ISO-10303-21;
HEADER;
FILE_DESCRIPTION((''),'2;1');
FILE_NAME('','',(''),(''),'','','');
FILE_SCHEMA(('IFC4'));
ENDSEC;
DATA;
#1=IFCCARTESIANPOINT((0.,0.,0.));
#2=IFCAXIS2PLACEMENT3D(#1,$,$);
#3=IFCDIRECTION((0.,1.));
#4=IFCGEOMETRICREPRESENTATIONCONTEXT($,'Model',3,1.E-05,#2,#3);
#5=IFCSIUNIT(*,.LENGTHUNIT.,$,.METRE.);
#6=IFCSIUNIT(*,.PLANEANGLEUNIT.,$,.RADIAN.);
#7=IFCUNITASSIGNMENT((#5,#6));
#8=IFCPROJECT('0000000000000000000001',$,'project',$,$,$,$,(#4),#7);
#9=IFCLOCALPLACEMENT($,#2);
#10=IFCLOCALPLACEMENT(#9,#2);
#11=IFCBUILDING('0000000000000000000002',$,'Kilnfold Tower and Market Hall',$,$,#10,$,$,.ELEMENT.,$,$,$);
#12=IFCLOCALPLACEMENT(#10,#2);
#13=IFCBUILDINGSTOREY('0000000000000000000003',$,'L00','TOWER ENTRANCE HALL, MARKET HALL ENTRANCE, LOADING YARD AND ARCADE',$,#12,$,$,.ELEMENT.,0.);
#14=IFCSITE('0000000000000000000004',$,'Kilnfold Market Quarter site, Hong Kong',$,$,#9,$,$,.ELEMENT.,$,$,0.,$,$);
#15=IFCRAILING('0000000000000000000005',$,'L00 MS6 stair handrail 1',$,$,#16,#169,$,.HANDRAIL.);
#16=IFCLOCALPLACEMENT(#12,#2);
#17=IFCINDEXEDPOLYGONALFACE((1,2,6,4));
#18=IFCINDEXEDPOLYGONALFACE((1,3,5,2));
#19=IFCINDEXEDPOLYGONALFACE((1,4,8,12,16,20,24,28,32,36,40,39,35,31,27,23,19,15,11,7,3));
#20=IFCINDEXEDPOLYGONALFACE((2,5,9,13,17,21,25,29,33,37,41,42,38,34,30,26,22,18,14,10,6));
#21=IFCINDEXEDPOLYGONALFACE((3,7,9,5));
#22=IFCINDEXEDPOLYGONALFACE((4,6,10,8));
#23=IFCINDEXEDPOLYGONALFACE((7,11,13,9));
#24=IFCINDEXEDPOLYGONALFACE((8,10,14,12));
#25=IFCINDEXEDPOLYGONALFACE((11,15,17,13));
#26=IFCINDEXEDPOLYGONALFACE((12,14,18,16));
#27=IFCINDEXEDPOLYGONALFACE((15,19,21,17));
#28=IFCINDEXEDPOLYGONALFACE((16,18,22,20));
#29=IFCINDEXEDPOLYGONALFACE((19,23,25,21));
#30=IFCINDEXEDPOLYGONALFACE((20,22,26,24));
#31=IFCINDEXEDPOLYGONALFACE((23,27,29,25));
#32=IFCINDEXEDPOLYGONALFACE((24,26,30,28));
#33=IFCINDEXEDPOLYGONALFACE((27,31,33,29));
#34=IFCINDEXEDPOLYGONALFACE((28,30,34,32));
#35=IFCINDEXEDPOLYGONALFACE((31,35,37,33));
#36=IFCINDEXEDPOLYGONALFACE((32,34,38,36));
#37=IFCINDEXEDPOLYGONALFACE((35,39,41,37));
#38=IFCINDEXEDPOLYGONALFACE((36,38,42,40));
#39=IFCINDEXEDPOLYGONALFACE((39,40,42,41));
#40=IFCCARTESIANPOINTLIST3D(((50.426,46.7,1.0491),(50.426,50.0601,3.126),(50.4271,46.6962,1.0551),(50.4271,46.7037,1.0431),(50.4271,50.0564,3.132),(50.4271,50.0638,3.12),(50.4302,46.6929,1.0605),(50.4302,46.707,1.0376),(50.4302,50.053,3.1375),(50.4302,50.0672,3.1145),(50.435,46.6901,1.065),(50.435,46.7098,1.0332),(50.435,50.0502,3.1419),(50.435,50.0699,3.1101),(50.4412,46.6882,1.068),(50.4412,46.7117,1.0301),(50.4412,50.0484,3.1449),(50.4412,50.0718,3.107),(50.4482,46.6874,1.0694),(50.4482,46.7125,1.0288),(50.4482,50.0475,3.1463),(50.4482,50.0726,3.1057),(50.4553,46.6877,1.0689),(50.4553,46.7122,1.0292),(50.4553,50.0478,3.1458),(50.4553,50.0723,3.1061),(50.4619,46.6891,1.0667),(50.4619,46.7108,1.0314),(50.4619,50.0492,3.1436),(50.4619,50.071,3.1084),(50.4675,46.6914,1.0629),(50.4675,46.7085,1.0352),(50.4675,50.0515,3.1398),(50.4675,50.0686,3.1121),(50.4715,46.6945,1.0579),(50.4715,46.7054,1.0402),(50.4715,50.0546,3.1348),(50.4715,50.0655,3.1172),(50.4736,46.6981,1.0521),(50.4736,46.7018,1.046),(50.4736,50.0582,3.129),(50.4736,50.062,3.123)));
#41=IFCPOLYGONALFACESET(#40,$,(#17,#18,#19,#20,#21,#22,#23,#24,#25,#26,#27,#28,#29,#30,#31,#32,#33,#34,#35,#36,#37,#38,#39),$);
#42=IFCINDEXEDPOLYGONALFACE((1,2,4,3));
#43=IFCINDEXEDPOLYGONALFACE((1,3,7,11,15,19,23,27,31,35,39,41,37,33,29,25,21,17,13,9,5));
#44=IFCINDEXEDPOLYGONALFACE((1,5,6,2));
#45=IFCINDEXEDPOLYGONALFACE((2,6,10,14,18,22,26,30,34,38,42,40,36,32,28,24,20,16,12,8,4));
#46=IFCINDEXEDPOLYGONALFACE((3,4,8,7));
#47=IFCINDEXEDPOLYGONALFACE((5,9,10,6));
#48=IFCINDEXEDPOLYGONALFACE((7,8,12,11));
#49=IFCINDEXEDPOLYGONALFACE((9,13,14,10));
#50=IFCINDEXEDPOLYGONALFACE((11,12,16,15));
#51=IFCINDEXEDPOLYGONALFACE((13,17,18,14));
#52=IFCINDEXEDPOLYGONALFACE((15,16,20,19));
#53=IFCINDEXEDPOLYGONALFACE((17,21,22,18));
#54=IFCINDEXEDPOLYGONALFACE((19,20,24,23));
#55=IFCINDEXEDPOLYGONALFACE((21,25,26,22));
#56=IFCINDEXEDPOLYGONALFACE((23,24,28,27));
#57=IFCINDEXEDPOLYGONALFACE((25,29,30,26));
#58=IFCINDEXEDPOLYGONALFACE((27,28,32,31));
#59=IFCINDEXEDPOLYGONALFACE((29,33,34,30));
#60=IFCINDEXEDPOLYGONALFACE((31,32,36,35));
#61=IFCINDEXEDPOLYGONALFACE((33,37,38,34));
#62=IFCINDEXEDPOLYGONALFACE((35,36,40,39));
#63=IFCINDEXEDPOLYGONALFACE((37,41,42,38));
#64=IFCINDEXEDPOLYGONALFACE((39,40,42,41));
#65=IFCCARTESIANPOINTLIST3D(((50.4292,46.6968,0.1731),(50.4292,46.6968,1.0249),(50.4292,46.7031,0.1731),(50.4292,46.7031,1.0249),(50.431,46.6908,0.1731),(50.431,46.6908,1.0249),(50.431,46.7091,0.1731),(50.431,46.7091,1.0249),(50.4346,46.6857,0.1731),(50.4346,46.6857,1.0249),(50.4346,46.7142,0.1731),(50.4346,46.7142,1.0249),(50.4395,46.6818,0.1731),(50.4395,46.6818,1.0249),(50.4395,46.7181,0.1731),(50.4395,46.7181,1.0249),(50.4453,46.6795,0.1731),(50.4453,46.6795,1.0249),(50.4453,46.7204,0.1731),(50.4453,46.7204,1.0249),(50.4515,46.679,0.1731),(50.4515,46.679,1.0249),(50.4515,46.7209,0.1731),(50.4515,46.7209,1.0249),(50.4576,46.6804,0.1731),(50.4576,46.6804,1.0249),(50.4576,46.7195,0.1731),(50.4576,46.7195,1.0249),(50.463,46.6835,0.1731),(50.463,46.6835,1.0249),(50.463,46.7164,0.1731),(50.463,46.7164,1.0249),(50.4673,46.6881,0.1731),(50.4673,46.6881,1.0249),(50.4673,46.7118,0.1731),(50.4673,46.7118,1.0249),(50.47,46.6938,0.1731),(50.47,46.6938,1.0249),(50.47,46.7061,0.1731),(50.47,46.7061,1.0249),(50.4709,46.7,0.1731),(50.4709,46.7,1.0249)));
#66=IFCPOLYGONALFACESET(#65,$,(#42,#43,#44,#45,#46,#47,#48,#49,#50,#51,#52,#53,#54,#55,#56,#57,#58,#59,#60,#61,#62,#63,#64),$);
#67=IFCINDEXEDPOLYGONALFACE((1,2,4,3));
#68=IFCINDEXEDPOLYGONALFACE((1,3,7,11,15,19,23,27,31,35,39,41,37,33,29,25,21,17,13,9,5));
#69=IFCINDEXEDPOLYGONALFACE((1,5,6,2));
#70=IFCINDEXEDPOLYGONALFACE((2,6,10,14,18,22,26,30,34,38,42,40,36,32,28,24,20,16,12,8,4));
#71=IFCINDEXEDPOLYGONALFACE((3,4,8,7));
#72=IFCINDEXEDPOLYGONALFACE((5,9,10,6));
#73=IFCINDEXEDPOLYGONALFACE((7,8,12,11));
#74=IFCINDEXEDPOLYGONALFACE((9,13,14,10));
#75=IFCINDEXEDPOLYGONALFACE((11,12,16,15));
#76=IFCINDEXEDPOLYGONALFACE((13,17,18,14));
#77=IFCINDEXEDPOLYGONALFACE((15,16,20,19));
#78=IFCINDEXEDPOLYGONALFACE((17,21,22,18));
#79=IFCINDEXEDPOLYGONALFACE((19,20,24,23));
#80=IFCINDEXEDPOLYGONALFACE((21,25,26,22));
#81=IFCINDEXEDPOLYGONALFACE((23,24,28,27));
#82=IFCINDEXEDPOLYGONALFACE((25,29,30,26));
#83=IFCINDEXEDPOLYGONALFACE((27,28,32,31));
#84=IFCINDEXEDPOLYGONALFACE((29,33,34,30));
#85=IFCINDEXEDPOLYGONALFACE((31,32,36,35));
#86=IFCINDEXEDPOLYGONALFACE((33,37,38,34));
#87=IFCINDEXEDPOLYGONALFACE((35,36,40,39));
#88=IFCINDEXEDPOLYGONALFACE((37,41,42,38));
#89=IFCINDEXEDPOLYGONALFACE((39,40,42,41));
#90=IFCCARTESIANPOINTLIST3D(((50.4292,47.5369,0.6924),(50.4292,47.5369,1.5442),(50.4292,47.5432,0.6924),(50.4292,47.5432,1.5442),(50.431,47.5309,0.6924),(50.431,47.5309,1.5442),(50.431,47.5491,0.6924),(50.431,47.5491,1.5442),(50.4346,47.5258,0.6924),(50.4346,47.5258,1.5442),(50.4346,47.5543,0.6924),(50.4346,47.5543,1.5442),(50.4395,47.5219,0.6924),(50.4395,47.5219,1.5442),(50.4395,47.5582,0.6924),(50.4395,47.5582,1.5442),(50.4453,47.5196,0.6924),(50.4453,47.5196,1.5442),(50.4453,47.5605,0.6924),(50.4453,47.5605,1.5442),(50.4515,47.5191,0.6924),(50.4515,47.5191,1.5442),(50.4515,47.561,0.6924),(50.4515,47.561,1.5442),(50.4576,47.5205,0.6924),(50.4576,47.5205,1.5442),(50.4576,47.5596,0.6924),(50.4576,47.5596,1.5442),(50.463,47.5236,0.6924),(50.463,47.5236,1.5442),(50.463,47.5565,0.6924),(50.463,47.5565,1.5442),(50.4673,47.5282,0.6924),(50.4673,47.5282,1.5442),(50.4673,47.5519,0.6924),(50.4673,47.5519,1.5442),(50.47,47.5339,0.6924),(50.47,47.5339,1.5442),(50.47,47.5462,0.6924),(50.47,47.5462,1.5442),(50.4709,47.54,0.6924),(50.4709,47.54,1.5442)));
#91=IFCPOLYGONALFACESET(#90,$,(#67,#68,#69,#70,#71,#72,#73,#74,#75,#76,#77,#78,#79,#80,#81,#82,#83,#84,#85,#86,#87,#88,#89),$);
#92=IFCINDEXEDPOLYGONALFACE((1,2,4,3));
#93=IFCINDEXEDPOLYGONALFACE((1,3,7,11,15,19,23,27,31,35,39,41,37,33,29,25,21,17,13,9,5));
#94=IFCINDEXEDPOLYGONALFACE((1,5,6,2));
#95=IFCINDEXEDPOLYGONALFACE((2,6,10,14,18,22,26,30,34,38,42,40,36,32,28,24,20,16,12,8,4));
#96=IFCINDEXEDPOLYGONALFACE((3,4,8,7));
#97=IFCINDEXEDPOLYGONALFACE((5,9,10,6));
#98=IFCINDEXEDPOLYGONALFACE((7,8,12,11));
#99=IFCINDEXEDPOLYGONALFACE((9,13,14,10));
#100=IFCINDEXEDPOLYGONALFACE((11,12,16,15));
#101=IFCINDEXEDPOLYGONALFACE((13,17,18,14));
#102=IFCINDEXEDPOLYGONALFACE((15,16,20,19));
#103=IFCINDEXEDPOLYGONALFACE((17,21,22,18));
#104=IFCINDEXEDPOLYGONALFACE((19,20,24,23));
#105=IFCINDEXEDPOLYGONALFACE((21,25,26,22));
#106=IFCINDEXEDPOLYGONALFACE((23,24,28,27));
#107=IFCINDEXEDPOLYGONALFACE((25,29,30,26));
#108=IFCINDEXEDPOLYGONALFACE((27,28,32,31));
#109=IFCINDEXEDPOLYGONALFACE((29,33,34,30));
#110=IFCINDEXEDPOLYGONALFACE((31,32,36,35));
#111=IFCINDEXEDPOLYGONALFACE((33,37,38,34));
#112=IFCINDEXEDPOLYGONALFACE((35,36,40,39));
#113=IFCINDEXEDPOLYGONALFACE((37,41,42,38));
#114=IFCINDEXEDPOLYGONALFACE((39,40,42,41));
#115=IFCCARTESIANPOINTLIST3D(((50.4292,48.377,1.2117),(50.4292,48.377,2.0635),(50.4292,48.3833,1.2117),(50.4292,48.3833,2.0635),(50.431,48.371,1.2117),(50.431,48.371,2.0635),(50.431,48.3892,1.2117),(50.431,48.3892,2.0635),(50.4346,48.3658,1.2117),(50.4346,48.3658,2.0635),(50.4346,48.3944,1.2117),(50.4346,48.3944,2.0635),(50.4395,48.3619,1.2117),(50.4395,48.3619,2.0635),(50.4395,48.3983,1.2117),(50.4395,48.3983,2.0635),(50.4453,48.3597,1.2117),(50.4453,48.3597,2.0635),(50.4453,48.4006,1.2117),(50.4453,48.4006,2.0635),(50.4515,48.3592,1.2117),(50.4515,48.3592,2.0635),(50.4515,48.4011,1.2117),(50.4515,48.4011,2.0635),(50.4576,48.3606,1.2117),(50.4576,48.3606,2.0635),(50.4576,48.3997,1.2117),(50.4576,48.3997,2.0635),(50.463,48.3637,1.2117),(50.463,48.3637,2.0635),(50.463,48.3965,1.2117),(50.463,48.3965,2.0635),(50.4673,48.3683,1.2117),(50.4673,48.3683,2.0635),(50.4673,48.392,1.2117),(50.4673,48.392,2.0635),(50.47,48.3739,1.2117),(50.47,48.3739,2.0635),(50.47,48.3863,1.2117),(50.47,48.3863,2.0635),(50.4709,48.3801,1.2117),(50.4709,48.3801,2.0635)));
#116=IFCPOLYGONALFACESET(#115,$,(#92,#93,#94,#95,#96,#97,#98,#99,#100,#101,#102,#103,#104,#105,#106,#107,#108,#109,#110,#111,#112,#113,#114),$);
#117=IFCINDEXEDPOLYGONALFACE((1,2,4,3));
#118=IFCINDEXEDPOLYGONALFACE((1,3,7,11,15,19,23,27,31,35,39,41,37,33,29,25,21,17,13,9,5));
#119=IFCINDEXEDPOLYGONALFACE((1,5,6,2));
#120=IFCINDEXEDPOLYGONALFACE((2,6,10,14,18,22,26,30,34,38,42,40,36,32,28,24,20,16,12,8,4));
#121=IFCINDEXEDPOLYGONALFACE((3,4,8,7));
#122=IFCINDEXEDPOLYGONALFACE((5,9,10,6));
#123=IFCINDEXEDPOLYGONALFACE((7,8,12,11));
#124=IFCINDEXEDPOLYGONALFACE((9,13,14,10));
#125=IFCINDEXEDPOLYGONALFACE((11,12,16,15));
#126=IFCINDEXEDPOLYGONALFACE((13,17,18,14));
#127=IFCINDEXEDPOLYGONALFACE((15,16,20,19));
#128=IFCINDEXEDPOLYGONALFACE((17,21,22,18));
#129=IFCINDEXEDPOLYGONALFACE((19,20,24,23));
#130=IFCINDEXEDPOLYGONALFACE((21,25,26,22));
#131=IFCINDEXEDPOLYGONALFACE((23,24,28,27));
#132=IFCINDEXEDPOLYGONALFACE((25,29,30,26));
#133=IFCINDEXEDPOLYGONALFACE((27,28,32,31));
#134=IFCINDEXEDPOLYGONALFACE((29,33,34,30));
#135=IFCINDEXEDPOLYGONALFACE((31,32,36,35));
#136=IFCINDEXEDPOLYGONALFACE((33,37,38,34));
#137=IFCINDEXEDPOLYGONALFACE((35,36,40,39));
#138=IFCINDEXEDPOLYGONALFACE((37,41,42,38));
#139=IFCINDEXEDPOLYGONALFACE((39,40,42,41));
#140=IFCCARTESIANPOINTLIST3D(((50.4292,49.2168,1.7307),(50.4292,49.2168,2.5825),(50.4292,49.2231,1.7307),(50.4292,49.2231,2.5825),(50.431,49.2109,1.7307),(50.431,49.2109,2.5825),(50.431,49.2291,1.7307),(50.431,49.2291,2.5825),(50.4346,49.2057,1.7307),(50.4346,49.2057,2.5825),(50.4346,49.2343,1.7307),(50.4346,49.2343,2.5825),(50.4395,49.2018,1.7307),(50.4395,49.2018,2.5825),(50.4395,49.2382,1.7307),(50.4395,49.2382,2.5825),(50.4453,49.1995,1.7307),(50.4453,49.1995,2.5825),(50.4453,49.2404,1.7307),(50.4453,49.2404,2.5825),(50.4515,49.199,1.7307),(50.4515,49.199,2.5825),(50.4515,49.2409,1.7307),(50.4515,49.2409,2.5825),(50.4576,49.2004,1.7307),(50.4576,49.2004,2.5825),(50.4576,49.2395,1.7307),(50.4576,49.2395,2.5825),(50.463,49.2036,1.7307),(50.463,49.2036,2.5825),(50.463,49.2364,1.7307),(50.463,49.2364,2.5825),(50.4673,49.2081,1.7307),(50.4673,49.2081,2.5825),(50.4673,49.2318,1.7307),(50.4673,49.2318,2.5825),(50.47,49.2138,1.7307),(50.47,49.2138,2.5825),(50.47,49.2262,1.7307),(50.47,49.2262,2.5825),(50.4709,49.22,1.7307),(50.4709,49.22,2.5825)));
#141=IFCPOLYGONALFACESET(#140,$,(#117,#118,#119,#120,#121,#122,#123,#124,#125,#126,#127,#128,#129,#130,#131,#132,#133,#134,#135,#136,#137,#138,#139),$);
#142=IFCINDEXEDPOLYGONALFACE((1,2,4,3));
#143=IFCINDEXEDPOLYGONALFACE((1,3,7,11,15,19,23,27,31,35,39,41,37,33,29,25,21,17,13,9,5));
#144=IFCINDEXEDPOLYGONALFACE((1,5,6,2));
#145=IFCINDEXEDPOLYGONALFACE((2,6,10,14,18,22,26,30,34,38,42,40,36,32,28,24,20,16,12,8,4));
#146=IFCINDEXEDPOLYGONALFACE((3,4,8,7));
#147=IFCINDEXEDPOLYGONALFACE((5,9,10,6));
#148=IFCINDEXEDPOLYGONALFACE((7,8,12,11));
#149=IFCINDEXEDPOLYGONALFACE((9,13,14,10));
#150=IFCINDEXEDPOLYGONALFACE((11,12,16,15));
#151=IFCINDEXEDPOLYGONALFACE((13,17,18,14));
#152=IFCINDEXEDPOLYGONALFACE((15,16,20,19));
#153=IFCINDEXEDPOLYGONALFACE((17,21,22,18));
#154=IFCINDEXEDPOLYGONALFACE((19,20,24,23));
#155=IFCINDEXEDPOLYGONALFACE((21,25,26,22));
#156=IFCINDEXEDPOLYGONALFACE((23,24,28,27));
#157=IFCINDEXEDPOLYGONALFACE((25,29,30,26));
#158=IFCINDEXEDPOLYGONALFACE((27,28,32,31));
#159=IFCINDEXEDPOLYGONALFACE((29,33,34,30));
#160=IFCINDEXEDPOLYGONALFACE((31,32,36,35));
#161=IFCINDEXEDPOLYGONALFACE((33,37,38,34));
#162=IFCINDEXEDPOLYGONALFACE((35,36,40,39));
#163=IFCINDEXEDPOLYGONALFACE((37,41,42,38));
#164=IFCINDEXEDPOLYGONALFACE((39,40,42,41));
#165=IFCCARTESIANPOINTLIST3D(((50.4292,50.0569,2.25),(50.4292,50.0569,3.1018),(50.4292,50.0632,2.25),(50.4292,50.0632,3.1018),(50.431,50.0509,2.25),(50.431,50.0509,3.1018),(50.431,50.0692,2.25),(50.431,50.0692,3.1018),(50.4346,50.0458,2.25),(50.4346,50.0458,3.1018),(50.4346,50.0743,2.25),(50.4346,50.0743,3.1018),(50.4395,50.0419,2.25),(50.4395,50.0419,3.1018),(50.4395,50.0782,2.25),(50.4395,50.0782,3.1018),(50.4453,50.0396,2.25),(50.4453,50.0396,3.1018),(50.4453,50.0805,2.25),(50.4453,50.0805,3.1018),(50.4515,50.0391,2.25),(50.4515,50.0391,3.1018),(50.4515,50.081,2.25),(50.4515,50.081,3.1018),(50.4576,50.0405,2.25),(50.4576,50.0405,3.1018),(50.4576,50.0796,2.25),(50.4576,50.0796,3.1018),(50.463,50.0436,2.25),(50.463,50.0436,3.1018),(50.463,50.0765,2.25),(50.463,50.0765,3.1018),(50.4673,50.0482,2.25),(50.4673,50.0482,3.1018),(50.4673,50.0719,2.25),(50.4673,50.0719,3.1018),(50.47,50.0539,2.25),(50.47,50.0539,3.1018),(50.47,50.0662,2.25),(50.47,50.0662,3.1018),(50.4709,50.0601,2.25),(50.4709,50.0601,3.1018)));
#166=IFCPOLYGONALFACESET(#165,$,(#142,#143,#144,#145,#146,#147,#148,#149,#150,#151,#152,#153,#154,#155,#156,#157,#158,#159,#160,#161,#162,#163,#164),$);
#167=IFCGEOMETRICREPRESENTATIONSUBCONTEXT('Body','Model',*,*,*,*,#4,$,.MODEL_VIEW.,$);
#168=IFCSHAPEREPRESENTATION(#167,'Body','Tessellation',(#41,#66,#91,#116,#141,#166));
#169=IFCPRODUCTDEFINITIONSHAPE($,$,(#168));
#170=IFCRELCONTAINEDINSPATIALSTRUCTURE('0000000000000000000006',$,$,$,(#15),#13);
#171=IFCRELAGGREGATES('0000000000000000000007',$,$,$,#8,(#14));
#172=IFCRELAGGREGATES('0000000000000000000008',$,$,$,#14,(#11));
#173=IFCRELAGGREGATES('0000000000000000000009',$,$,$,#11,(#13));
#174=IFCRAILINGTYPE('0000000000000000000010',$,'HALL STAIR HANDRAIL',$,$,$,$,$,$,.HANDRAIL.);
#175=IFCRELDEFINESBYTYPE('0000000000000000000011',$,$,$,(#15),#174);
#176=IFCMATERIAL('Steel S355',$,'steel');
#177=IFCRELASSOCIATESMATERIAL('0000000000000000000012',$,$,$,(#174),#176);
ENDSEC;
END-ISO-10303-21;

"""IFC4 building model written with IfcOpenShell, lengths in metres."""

from ifc_helpers import new_model, si_unit, direction, frame, origin, origin_2d, place, context, subcontext, project, spatial, circle, extrude, material, type_object, element, save


model = new_model("IFC4")

# Units and contexts
model_context = context("Model", 3, precision=1e-05, world=origin(), true_north=direction((0.0, 1.0)))
body_context = subcontext(model_context, "Body", "Model", "MODEL_VIEW")
ifc_project = project(units=[si_unit("LENGTHUNIT", "METRE"), si_unit("PLANEANGLEUNIT", "RADIAN")], contexts=[model_context])

# Site, building, storey
site_placement = place(None, origin())
site = spatial("IfcSite", under=ifc_project, at=site_placement, Name="Kilnfold Market Quarter site, Hong Kong", CompositionType="ELEMENT", RefElevation=0.0)
building_placement = place(site_placement, origin())
building = spatial("IfcBuilding", under=site, at=building_placement, Name="Kilnfold Tower and Market Hall", CompositionType="ELEMENT")
storey_placement = place(building_placement, origin())
storey = spatial("IfcBuildingStorey", under=building, at=storey_placement, Name="L00", Description="TOWER ENTRANCE HALL, MARKET HALL ENTRANCE, LOADING YARD AND ARCADE", CompositionType="ELEMENT", Elevation=0.0)

# Railing
ifc_material_1 = material(Name="Steel S355", Category="steel")
railing_type_1 = type_object("IfcRailingType", Name="HALL STAIR HANDRAIL", PredefinedType="HANDRAIL", material=ifc_material_1)
railing_1_placement = place(storey_placement, frame((50.45, 46.7, 0.1731)))
element("IfcRailing", 1, at=railing_1_placement, inside=storey, type_object=railing_type_1, Name="L00 MS6 stair handrail 1", PredefinedType="HANDRAIL", context=body_context, shape_type="SweptSolid", body=[
    extrude(circle(Radius=0.0239, at=origin_2d()), frame((0.0, 0.0, 0.876), z_axis=(0.0, 0.850623, 0.525776), x_axis=(-1.0, 0.0, 0.0)), (0.0, 0.0, 1.0), 3.9502),
    extrude(circle(Radius=0.021, at=origin_2d()), origin(), (0.0, 0.0, 1.0), 0.8518),
    extrude(circle(Radius=0.021, at=origin_2d()), frame((0.0, 0.8401, 0.5193)), (0.0, 0.0, 1.0), 0.8518),
    extrude(circle(Radius=0.021, at=origin_2d()), frame((0.0, 1.6802, 1.0386)), (0.0, 0.0, 1.0), 0.8518),
    extrude(circle(Radius=0.021, at=origin_2d()), frame((0.0, 2.52, 1.5576)), (0.0, 0.0, 1.0), 0.8518),
    extrude(circle(Radius=0.021, at=origin_2d()), frame((0.0, 3.3601, 2.0769)), (0.0, 0.0, 1.0), 0.8518),
])

save(model, "model.ifc")
